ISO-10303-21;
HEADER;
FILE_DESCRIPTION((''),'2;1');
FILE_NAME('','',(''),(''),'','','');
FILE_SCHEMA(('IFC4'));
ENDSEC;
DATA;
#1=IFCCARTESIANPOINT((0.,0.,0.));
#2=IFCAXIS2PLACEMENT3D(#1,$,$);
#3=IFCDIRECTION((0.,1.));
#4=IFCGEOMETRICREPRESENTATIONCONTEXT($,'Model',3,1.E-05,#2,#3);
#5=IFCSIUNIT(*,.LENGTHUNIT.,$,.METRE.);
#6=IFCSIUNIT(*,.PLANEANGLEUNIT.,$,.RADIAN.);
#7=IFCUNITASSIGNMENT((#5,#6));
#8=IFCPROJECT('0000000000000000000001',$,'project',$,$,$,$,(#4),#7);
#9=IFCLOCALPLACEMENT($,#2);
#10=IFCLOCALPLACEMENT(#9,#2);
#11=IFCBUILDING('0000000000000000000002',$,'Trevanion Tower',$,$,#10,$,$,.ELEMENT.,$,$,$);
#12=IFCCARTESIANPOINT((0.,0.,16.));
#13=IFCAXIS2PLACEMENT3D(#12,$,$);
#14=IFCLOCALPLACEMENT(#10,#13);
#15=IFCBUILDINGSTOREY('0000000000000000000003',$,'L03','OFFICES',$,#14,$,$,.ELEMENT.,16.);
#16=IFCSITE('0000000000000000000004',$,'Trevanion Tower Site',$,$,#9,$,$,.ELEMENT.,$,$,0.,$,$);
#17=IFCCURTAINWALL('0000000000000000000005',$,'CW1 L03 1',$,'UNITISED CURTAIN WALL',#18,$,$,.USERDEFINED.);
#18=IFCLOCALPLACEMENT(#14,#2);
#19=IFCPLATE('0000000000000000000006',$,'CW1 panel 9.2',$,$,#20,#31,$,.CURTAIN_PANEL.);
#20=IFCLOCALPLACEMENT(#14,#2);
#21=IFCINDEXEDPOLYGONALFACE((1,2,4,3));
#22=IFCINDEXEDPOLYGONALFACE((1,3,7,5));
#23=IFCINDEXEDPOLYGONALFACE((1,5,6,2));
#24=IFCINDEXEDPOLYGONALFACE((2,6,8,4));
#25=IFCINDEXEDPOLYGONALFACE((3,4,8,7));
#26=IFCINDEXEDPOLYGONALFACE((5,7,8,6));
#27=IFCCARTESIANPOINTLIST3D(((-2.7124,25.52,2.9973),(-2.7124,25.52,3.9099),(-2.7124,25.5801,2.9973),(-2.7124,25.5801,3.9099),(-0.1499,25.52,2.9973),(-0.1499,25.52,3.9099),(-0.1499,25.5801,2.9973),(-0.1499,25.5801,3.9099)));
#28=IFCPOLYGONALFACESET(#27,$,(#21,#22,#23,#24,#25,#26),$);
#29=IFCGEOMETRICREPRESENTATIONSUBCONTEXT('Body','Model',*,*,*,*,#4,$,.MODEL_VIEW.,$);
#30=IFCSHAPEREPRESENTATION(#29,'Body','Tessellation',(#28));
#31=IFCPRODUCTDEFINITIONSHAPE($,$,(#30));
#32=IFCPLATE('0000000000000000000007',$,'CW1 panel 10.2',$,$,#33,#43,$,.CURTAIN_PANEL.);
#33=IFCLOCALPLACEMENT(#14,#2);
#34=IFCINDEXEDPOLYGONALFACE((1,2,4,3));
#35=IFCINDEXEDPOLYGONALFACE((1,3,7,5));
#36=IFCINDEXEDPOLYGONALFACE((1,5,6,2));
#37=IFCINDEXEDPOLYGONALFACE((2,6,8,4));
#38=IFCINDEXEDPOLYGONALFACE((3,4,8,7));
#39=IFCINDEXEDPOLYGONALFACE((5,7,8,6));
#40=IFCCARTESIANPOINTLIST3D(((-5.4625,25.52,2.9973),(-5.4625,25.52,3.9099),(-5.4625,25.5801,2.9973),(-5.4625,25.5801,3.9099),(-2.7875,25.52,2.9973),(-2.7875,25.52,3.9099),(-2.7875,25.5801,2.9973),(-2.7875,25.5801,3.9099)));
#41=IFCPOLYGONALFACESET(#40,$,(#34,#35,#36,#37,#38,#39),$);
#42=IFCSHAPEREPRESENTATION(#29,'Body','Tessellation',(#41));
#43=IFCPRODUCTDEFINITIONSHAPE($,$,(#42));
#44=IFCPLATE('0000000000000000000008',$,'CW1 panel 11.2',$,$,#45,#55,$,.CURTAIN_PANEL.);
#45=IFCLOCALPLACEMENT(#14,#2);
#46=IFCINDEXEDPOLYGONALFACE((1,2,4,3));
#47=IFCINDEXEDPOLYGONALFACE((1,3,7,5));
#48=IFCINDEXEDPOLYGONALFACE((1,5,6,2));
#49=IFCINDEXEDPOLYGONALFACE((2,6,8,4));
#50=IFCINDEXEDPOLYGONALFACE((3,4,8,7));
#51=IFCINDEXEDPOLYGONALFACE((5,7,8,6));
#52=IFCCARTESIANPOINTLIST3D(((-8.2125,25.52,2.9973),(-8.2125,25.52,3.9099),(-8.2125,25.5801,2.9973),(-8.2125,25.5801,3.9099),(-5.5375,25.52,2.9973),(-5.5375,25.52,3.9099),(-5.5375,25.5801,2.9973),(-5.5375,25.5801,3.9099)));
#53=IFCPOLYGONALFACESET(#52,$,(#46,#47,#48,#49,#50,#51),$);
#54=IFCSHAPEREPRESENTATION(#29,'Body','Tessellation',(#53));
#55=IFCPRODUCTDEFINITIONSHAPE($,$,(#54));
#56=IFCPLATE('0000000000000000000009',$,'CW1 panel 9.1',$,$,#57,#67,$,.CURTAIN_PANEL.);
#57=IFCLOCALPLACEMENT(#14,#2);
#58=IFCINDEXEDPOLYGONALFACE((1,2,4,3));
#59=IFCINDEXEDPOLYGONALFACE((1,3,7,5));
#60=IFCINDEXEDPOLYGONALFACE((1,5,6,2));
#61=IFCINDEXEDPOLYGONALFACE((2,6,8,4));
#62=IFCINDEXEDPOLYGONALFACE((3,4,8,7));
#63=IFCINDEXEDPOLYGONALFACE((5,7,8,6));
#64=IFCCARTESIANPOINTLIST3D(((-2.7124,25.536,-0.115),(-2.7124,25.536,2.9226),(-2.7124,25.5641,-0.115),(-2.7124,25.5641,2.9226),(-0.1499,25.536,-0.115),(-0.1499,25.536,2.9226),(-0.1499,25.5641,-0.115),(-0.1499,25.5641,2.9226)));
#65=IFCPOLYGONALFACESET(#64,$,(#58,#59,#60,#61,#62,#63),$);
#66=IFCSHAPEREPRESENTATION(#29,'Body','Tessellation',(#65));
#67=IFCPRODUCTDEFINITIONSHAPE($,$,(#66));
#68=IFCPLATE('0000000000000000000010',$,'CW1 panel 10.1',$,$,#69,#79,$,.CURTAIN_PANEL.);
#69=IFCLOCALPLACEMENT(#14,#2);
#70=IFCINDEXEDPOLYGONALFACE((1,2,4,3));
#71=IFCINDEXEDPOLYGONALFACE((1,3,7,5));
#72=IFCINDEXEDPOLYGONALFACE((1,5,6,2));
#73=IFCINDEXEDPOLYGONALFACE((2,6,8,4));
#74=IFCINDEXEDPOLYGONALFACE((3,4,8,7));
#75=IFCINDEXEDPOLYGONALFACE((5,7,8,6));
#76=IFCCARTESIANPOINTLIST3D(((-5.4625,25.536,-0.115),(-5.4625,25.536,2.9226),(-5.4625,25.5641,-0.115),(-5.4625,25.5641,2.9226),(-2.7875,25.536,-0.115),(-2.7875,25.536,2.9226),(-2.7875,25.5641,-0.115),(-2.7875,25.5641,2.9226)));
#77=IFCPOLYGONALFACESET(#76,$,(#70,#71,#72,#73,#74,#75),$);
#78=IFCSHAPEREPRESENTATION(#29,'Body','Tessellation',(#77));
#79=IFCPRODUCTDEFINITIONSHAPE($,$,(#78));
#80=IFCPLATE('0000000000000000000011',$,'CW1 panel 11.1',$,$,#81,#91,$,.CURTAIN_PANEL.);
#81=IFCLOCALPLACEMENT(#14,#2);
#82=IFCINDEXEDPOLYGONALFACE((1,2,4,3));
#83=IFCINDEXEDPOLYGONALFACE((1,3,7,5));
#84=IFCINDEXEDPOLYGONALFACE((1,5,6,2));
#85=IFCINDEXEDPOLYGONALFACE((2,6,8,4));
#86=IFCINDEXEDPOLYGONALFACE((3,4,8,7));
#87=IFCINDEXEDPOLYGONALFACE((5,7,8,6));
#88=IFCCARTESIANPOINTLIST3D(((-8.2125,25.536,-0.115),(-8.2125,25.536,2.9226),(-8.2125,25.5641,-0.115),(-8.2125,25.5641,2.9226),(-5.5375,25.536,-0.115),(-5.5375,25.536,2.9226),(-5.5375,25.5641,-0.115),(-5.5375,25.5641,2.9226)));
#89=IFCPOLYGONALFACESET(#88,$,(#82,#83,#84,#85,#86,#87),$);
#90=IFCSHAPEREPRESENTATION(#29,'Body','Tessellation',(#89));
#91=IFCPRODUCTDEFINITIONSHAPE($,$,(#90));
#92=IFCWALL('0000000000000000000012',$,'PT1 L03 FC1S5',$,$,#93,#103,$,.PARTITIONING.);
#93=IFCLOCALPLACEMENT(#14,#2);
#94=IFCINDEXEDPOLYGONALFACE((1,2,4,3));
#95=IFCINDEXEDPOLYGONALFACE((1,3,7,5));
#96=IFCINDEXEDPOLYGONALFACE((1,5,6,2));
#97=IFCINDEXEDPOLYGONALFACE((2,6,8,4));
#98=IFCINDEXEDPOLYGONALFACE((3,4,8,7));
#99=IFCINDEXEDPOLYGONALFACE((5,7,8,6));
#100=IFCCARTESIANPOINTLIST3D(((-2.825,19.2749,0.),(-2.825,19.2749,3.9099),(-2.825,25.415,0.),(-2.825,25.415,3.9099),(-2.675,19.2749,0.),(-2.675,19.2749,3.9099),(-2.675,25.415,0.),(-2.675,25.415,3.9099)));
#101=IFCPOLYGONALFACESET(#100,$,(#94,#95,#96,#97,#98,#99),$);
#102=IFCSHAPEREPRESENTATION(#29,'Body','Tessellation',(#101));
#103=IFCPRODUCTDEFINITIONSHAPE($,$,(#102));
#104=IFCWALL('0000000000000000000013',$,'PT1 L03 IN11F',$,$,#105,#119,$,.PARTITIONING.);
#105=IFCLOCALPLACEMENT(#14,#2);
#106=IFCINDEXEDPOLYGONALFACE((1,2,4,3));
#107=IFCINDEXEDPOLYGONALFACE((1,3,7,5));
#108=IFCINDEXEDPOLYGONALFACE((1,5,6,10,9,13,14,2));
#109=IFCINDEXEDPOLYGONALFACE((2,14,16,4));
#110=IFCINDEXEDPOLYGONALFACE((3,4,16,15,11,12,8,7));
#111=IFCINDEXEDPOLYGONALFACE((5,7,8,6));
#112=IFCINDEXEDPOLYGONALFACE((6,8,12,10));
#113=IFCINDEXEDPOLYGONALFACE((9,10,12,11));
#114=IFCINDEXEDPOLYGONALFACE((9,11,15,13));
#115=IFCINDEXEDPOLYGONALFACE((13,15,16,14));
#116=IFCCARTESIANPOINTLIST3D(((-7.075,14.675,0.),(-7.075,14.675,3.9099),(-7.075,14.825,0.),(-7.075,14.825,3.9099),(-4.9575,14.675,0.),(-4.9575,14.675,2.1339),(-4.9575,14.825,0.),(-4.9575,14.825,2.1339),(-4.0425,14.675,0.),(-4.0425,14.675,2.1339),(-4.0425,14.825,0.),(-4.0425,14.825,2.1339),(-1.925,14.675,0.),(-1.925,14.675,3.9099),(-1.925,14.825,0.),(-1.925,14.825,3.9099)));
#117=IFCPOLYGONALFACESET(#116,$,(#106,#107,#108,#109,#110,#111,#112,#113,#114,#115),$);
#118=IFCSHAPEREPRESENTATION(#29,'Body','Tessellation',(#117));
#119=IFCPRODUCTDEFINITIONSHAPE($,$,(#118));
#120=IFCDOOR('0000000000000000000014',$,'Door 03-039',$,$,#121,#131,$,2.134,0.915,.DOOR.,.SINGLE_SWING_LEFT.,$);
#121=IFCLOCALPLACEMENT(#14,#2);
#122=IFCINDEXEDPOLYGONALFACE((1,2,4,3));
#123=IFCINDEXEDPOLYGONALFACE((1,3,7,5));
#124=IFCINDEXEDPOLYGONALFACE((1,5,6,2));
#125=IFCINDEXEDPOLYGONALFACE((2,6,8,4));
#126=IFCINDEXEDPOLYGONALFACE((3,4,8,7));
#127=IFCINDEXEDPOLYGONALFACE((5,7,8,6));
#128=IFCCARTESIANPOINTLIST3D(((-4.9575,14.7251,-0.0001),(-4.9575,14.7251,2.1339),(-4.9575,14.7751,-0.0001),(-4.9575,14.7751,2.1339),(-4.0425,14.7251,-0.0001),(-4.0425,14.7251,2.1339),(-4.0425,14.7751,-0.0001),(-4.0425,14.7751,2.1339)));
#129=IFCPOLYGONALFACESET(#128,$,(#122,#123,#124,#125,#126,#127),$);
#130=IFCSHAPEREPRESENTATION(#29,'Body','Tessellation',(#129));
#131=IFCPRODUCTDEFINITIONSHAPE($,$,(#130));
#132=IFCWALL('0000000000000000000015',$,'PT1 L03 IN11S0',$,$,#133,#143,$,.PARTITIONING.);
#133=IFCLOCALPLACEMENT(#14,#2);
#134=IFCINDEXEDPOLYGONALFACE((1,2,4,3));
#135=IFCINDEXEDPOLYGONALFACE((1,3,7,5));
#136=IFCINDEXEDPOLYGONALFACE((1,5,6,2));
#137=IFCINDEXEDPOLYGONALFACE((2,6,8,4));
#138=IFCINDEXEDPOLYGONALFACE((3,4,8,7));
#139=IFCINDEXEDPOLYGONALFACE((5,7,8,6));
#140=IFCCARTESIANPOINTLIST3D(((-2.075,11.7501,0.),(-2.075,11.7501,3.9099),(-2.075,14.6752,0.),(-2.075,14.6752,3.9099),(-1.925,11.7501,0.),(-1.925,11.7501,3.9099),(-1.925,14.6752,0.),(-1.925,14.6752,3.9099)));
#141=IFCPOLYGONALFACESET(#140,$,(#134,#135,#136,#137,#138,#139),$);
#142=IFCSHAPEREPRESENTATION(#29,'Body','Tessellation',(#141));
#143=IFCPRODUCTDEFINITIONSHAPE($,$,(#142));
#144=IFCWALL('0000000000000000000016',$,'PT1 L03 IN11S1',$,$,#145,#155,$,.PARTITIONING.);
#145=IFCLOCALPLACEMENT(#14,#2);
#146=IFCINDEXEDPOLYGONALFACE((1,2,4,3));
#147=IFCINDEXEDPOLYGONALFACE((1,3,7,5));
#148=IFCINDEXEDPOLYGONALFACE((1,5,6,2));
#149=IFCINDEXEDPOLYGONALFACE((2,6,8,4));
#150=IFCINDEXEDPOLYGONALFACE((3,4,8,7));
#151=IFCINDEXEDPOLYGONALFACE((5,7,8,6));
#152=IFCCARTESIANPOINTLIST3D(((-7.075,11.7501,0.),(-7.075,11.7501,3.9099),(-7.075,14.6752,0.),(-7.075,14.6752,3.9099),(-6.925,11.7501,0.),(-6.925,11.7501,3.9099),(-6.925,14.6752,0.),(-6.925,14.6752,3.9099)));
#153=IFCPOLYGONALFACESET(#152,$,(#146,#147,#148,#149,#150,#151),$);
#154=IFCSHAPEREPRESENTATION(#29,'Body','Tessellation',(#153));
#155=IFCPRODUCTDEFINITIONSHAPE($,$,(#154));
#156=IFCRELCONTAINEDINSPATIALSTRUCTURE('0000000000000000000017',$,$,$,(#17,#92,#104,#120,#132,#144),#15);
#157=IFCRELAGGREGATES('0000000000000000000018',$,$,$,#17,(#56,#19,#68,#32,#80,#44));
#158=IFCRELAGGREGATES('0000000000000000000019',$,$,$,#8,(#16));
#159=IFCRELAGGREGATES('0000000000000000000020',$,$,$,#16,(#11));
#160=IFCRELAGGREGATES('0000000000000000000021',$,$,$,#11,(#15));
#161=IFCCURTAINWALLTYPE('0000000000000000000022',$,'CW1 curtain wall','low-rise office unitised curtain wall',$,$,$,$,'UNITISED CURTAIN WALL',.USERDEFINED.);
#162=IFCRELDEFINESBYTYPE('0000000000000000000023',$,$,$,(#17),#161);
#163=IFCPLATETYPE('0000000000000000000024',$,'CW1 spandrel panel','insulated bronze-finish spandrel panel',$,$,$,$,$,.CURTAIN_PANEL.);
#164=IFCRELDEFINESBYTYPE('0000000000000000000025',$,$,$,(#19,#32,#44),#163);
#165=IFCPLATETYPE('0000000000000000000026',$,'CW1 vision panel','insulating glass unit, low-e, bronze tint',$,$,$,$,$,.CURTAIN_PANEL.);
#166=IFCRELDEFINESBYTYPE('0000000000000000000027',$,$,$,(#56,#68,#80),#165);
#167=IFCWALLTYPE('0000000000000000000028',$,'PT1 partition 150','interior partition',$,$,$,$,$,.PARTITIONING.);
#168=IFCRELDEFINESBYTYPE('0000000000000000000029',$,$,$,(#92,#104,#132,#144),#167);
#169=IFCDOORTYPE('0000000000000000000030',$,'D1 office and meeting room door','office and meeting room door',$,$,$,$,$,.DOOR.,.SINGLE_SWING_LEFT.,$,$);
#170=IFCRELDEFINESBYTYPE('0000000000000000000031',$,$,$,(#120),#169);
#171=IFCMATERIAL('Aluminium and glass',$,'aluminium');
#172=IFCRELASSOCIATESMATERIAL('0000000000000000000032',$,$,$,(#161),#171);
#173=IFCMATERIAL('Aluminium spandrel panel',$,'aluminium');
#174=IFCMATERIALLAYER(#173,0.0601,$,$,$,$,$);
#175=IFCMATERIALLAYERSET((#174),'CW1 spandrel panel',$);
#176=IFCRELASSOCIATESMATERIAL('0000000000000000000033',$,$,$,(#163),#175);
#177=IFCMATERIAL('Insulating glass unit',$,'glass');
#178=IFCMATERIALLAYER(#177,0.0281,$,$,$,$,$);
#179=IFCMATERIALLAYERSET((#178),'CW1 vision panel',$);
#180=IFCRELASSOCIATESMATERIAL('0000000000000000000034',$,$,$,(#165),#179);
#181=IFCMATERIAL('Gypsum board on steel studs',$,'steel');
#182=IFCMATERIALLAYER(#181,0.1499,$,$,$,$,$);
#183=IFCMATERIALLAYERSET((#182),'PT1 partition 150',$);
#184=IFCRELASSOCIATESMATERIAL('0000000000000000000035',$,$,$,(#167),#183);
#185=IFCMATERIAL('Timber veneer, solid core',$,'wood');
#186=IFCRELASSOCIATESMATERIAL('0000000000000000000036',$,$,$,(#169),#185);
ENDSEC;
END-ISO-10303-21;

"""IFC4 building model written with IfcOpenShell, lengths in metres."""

from ifc_helpers import new_model, si_unit, direction, frame, frame_2d, origin, origin_2d, place, context, subcontext, project, spatial, rectangle, extrude, material, layer, layer_set, type_object, element, fill, aggregate, save


model = new_model("IFC4")

# Units and contexts
model_context = context("Model", 3, precision=1e-05, world=origin(), true_north=direction((0.0, 1.0)))
body_context = subcontext(model_context, "Body", "Model", "MODEL_VIEW")
ifc_project = project(units=[si_unit("LENGTHUNIT", "METRE"), si_unit("PLANEANGLEUNIT", "RADIAN")], contexts=[model_context])

# Site, building, storey
site_placement = place(None, origin())
site = spatial("IfcSite", under=ifc_project, at=site_placement, Name="Trevanion Tower Site", CompositionType="ELEMENT", RefElevation=0.0)
building_placement = place(site_placement, origin())
building = spatial("IfcBuilding", under=site, at=building_placement, Name="Trevanion Tower", CompositionType="ELEMENT")
storey_placement = place(building_placement, frame((0.0, 0.0, 16.0)))
storey = spatial("IfcBuildingStorey", under=building, at=storey_placement, Name="L03", Description="OFFICES", CompositionType="ELEMENT", Elevation=16.0)

# Curtain wall
ifc_material_1 = material(Name="Aluminium and glass", Category="aluminium")
curtain_wall_type = type_object("IfcCurtainWallType", Name="CW1 curtain wall", Description="low-rise office unitised curtain wall", ElementType="UNITISED CURTAIN WALL", PredefinedType="USERDEFINED", material=ifc_material_1)
curtain_wall_placement = place(storey_placement, origin())
curtain_wall = element("IfcCurtainWall", 1, at=curtain_wall_placement, inside=storey, type_object=curtain_wall_type, Name="CW1 L03 1", ObjectType="UNITISED CURTAIN WALL", PredefinedType="USERDEFINED")

# Plates
ifc_material_2 = material(Name="Aluminium spandrel panel", Category="aluminium")
ifc_layer_1 = layer(ifc_material_2, 0.0601)
ifc_layer_set_1 = layer_set([ifc_layer_1], Name="CW1 spandrel panel")
plate_type_1 = type_object("IfcPlateType", Name="CW1 spandrel panel", Description="insulated bronze-finish spandrel panel", PredefinedType="CURTAIN_PANEL", material=ifc_layer_set_1)
plate_1_placement = place(storey_placement, frame((-1.4312, 25.55, 2.9973), z_axis=(0.0, 0.0, 1.0), x_axis=(-1.0, 0.0, 0.0)))
plate_1 = element("IfcPlate", 2, at=plate_1_placement, type_object=plate_type_1, Name="CW1 panel 9.2", PredefinedType="CURTAIN_PANEL", context=body_context, shape_type="SweptSolid", body=[
    extrude(rectangle(XDim=2.5625, YDim=0.0601, at=origin_2d()), origin(), (0.0, 0.0, 1.0), 0.9126),
])
plate_2_placement = place(storey_placement, frame((-4.125, 25.55, 2.9973), z_axis=(0.0, 0.0, 1.0), x_axis=(-1.0, 0.0, 0.0)))
plate_2 = element("IfcPlate", 3, at=plate_2_placement, type_object=plate_type_1, Name="CW1 panel 10.2", PredefinedType="CURTAIN_PANEL", context=body_context, shape_type="SweptSolid", body=[
    extrude(rectangle(XDim=2.675, YDim=0.0601, at=origin_2d()), origin(), (0.0, 0.0, 1.0), 0.9126),
])
plate_3_placement = place(storey_placement, frame((-6.875, 25.55, 2.9973), z_axis=(0.0, 0.0, 1.0), x_axis=(-1.0, 0.0, 0.0)))
plate_3 = element("IfcPlate", 4, at=plate_3_placement, type_object=plate_type_1, Name="CW1 panel 11.2", PredefinedType="CURTAIN_PANEL", context=body_context, shape_type="SweptSolid", body=[
    extrude(rectangle(XDim=2.675, YDim=0.0601, at=origin_2d()), origin(), (0.0, 0.0, 1.0), 0.9126),
])
ifc_material_3 = material(Name="Insulating glass unit", Category="glass")
ifc_layer_2 = layer(ifc_material_3, 0.0281)
ifc_layer_set_2 = layer_set([ifc_layer_2], Name="CW1 vision panel")
plate_type_2 = type_object("IfcPlateType", Name="CW1 vision panel", Description="insulating glass unit, low-e, bronze tint", PredefinedType="CURTAIN_PANEL", material=ifc_layer_set_2)
plate_4_placement = place(storey_placement, frame((-1.4312, 25.55, -0.115), z_axis=(0.0, 0.0, 1.0), x_axis=(-1.0, 0.0, 0.0)))
plate_4 = element("IfcPlate", 5, at=plate_4_placement, type_object=plate_type_2, Name="CW1 panel 9.1", PredefinedType="CURTAIN_PANEL", context=body_context, shape_type="SweptSolid", body=[
    extrude(rectangle(XDim=2.5625, YDim=0.0281, at=origin_2d()), origin(), (0.0, 0.0, 1.0), 3.0376),
])
plate_5_placement = place(storey_placement, frame((-4.125, 25.55, -0.115), z_axis=(0.0, 0.0, 1.0), x_axis=(-1.0, 0.0, 0.0)))
plate_5 = element("IfcPlate", 6, at=plate_5_placement, type_object=plate_type_2, Name="CW1 panel 10.1", PredefinedType="CURTAIN_PANEL", context=body_context, shape_type="SweptSolid", body=[
    extrude(rectangle(XDim=2.675, YDim=0.0281, at=origin_2d()), origin(), (0.0, 0.0, 1.0), 3.0376),
])
plate_6_placement = place(storey_placement, frame((-6.875, 25.55, -0.115), z_axis=(0.0, 0.0, 1.0), x_axis=(-1.0, 0.0, 0.0)))
plate_6 = element("IfcPlate", 7, at=plate_6_placement, type_object=plate_type_2, Name="CW1 panel 11.1", PredefinedType="CURTAIN_PANEL", context=body_context, shape_type="SweptSolid", body=[
    extrude(rectangle(XDim=2.675, YDim=0.0281, at=origin_2d()), origin(), (0.0, 0.0, 1.0), 3.0376),
])
aggregate(curtain_wall, [plate_4, plate_1, plate_5, plate_2, plate_6, plate_3])

# Wall
ifc_material_4 = material(Name="Gypsum board on steel studs", Category="steel")
ifc_layer_3 = layer(ifc_material_4, 0.1499)
ifc_layer_set_3 = layer_set([ifc_layer_3], Name="PT1 partition 150")
wall_type = type_object("IfcWallType", Name="PT1 partition 150", Description="interior partition", PredefinedType="PARTITIONING", material=ifc_layer_set_3)
wall_1_placement = place(storey_placement, frame((-2.75, 19.2749, 0.0), z_axis=(0.0, 0.0, 1.0), x_axis=(0.0, 1.0, 0.0)))
element("IfcWall", 8, at=wall_1_placement, inside=storey, type_object=wall_type, Name="PT1 L03 FC1S5", PredefinedType="PARTITIONING", context=body_context, shape_type="SweptSolid", body=[
    extrude(rectangle(XDim=6.1401, YDim=0.1499, at=frame_2d((3.0701, 0.0))), origin(), (0.0, 0.0, 1.0), 3.9099),
])

# Wall, opening, door
wall_2_placement = place(storey_placement, frame((-1.925, 14.75, 0.0), z_axis=(0.0, 0.0, 1.0), x_axis=(-1.0, 0.0, 0.0)))
wall_2 = element("IfcWall", 9, at=wall_2_placement, inside=storey, type_object=wall_type, Name="PT1 L03 IN11F", PredefinedType="PARTITIONING", context=body_context, shape_type="SweptSolid", body=[
    extrude(rectangle(XDim=5.1499, YDim=0.1499, at=frame_2d((2.575, 0.0))), origin(), (0.0, 0.0, 1.0), 3.9099),
])
opening_placement = place(wall_2_placement, frame((2.1174, 0.0, 0.0)))
opening = element("IfcOpeningElement", 10, at=opening_placement, cuts=wall_2, PredefinedType="OPENING", context=body_context, shape_type="SweptSolid", body=[
    extrude(rectangle(XDim=0.915, YDim=2.134, at=frame_2d((0.4575, 1.0669))), frame((0.0, 0.085, 0.0), z_axis=(0.0, -1.0, 0.0), x_axis=(1.0, 0.0, 0.0)), (0.0, 0.0, 1.0), 0.1699),
])
ifc_material_5 = material(Name="Timber veneer, solid core", Category="wood")
door_type = type_object("IfcDoorType", Name="D1 office and meeting room door", Description="office and meeting room door", OperationType="SINGLE_SWING_LEFT", PredefinedType="DOOR", material=ifc_material_5)
door_placement = place(opening_placement, origin())
door = element("IfcDoor", 11, at=door_placement, inside=storey, type_object=door_type, Name="Door 03-039", OperationType="SINGLE_SWING_LEFT", OverallHeight=2.134, OverallWidth=0.915, PredefinedType="DOOR", context=body_context, shape_type="SweptSolid", body=[
    extrude(rectangle(XDim=0.915, YDim=2.134, at=frame_2d((0.4575, 1.0669))), frame((0.0, 0.0249, 0.0), z_axis=(0.0, -1.0, 0.0), x_axis=(1.0, 0.0, 0.0)), (0.0, 0.0, 1.0), 0.05),
])
fill(opening, door)

# Walls
for number, where, z_axis, x_axis, name in (
    (12, (-2.0, 14.675, 0.0), (0.0, 0.0, 1.0), (0.0, -1.0, 0.0), "PT1 L03 IN11S0"),
    (13, (-7.0, 14.675, 0.0), (0.0, 0.0, 1.0), (0.0, -1.0, 0.0), "PT1 L03 IN11S1"),
):
    element("IfcWall", number, at=place(storey_placement, frame(where, z_axis=z_axis, x_axis=x_axis)), inside=storey, type_object=wall_type, Name=name, PredefinedType="PARTITIONING", context=body_context, shape_type="SweptSolid", body=[
        extrude(rectangle(XDim=2.925, YDim=0.1499, at=frame_2d((1.4624, 0.0))), origin(), (0.0, 0.0, 1.0), 3.9099),
    ])

save(model, "model.ifc")
